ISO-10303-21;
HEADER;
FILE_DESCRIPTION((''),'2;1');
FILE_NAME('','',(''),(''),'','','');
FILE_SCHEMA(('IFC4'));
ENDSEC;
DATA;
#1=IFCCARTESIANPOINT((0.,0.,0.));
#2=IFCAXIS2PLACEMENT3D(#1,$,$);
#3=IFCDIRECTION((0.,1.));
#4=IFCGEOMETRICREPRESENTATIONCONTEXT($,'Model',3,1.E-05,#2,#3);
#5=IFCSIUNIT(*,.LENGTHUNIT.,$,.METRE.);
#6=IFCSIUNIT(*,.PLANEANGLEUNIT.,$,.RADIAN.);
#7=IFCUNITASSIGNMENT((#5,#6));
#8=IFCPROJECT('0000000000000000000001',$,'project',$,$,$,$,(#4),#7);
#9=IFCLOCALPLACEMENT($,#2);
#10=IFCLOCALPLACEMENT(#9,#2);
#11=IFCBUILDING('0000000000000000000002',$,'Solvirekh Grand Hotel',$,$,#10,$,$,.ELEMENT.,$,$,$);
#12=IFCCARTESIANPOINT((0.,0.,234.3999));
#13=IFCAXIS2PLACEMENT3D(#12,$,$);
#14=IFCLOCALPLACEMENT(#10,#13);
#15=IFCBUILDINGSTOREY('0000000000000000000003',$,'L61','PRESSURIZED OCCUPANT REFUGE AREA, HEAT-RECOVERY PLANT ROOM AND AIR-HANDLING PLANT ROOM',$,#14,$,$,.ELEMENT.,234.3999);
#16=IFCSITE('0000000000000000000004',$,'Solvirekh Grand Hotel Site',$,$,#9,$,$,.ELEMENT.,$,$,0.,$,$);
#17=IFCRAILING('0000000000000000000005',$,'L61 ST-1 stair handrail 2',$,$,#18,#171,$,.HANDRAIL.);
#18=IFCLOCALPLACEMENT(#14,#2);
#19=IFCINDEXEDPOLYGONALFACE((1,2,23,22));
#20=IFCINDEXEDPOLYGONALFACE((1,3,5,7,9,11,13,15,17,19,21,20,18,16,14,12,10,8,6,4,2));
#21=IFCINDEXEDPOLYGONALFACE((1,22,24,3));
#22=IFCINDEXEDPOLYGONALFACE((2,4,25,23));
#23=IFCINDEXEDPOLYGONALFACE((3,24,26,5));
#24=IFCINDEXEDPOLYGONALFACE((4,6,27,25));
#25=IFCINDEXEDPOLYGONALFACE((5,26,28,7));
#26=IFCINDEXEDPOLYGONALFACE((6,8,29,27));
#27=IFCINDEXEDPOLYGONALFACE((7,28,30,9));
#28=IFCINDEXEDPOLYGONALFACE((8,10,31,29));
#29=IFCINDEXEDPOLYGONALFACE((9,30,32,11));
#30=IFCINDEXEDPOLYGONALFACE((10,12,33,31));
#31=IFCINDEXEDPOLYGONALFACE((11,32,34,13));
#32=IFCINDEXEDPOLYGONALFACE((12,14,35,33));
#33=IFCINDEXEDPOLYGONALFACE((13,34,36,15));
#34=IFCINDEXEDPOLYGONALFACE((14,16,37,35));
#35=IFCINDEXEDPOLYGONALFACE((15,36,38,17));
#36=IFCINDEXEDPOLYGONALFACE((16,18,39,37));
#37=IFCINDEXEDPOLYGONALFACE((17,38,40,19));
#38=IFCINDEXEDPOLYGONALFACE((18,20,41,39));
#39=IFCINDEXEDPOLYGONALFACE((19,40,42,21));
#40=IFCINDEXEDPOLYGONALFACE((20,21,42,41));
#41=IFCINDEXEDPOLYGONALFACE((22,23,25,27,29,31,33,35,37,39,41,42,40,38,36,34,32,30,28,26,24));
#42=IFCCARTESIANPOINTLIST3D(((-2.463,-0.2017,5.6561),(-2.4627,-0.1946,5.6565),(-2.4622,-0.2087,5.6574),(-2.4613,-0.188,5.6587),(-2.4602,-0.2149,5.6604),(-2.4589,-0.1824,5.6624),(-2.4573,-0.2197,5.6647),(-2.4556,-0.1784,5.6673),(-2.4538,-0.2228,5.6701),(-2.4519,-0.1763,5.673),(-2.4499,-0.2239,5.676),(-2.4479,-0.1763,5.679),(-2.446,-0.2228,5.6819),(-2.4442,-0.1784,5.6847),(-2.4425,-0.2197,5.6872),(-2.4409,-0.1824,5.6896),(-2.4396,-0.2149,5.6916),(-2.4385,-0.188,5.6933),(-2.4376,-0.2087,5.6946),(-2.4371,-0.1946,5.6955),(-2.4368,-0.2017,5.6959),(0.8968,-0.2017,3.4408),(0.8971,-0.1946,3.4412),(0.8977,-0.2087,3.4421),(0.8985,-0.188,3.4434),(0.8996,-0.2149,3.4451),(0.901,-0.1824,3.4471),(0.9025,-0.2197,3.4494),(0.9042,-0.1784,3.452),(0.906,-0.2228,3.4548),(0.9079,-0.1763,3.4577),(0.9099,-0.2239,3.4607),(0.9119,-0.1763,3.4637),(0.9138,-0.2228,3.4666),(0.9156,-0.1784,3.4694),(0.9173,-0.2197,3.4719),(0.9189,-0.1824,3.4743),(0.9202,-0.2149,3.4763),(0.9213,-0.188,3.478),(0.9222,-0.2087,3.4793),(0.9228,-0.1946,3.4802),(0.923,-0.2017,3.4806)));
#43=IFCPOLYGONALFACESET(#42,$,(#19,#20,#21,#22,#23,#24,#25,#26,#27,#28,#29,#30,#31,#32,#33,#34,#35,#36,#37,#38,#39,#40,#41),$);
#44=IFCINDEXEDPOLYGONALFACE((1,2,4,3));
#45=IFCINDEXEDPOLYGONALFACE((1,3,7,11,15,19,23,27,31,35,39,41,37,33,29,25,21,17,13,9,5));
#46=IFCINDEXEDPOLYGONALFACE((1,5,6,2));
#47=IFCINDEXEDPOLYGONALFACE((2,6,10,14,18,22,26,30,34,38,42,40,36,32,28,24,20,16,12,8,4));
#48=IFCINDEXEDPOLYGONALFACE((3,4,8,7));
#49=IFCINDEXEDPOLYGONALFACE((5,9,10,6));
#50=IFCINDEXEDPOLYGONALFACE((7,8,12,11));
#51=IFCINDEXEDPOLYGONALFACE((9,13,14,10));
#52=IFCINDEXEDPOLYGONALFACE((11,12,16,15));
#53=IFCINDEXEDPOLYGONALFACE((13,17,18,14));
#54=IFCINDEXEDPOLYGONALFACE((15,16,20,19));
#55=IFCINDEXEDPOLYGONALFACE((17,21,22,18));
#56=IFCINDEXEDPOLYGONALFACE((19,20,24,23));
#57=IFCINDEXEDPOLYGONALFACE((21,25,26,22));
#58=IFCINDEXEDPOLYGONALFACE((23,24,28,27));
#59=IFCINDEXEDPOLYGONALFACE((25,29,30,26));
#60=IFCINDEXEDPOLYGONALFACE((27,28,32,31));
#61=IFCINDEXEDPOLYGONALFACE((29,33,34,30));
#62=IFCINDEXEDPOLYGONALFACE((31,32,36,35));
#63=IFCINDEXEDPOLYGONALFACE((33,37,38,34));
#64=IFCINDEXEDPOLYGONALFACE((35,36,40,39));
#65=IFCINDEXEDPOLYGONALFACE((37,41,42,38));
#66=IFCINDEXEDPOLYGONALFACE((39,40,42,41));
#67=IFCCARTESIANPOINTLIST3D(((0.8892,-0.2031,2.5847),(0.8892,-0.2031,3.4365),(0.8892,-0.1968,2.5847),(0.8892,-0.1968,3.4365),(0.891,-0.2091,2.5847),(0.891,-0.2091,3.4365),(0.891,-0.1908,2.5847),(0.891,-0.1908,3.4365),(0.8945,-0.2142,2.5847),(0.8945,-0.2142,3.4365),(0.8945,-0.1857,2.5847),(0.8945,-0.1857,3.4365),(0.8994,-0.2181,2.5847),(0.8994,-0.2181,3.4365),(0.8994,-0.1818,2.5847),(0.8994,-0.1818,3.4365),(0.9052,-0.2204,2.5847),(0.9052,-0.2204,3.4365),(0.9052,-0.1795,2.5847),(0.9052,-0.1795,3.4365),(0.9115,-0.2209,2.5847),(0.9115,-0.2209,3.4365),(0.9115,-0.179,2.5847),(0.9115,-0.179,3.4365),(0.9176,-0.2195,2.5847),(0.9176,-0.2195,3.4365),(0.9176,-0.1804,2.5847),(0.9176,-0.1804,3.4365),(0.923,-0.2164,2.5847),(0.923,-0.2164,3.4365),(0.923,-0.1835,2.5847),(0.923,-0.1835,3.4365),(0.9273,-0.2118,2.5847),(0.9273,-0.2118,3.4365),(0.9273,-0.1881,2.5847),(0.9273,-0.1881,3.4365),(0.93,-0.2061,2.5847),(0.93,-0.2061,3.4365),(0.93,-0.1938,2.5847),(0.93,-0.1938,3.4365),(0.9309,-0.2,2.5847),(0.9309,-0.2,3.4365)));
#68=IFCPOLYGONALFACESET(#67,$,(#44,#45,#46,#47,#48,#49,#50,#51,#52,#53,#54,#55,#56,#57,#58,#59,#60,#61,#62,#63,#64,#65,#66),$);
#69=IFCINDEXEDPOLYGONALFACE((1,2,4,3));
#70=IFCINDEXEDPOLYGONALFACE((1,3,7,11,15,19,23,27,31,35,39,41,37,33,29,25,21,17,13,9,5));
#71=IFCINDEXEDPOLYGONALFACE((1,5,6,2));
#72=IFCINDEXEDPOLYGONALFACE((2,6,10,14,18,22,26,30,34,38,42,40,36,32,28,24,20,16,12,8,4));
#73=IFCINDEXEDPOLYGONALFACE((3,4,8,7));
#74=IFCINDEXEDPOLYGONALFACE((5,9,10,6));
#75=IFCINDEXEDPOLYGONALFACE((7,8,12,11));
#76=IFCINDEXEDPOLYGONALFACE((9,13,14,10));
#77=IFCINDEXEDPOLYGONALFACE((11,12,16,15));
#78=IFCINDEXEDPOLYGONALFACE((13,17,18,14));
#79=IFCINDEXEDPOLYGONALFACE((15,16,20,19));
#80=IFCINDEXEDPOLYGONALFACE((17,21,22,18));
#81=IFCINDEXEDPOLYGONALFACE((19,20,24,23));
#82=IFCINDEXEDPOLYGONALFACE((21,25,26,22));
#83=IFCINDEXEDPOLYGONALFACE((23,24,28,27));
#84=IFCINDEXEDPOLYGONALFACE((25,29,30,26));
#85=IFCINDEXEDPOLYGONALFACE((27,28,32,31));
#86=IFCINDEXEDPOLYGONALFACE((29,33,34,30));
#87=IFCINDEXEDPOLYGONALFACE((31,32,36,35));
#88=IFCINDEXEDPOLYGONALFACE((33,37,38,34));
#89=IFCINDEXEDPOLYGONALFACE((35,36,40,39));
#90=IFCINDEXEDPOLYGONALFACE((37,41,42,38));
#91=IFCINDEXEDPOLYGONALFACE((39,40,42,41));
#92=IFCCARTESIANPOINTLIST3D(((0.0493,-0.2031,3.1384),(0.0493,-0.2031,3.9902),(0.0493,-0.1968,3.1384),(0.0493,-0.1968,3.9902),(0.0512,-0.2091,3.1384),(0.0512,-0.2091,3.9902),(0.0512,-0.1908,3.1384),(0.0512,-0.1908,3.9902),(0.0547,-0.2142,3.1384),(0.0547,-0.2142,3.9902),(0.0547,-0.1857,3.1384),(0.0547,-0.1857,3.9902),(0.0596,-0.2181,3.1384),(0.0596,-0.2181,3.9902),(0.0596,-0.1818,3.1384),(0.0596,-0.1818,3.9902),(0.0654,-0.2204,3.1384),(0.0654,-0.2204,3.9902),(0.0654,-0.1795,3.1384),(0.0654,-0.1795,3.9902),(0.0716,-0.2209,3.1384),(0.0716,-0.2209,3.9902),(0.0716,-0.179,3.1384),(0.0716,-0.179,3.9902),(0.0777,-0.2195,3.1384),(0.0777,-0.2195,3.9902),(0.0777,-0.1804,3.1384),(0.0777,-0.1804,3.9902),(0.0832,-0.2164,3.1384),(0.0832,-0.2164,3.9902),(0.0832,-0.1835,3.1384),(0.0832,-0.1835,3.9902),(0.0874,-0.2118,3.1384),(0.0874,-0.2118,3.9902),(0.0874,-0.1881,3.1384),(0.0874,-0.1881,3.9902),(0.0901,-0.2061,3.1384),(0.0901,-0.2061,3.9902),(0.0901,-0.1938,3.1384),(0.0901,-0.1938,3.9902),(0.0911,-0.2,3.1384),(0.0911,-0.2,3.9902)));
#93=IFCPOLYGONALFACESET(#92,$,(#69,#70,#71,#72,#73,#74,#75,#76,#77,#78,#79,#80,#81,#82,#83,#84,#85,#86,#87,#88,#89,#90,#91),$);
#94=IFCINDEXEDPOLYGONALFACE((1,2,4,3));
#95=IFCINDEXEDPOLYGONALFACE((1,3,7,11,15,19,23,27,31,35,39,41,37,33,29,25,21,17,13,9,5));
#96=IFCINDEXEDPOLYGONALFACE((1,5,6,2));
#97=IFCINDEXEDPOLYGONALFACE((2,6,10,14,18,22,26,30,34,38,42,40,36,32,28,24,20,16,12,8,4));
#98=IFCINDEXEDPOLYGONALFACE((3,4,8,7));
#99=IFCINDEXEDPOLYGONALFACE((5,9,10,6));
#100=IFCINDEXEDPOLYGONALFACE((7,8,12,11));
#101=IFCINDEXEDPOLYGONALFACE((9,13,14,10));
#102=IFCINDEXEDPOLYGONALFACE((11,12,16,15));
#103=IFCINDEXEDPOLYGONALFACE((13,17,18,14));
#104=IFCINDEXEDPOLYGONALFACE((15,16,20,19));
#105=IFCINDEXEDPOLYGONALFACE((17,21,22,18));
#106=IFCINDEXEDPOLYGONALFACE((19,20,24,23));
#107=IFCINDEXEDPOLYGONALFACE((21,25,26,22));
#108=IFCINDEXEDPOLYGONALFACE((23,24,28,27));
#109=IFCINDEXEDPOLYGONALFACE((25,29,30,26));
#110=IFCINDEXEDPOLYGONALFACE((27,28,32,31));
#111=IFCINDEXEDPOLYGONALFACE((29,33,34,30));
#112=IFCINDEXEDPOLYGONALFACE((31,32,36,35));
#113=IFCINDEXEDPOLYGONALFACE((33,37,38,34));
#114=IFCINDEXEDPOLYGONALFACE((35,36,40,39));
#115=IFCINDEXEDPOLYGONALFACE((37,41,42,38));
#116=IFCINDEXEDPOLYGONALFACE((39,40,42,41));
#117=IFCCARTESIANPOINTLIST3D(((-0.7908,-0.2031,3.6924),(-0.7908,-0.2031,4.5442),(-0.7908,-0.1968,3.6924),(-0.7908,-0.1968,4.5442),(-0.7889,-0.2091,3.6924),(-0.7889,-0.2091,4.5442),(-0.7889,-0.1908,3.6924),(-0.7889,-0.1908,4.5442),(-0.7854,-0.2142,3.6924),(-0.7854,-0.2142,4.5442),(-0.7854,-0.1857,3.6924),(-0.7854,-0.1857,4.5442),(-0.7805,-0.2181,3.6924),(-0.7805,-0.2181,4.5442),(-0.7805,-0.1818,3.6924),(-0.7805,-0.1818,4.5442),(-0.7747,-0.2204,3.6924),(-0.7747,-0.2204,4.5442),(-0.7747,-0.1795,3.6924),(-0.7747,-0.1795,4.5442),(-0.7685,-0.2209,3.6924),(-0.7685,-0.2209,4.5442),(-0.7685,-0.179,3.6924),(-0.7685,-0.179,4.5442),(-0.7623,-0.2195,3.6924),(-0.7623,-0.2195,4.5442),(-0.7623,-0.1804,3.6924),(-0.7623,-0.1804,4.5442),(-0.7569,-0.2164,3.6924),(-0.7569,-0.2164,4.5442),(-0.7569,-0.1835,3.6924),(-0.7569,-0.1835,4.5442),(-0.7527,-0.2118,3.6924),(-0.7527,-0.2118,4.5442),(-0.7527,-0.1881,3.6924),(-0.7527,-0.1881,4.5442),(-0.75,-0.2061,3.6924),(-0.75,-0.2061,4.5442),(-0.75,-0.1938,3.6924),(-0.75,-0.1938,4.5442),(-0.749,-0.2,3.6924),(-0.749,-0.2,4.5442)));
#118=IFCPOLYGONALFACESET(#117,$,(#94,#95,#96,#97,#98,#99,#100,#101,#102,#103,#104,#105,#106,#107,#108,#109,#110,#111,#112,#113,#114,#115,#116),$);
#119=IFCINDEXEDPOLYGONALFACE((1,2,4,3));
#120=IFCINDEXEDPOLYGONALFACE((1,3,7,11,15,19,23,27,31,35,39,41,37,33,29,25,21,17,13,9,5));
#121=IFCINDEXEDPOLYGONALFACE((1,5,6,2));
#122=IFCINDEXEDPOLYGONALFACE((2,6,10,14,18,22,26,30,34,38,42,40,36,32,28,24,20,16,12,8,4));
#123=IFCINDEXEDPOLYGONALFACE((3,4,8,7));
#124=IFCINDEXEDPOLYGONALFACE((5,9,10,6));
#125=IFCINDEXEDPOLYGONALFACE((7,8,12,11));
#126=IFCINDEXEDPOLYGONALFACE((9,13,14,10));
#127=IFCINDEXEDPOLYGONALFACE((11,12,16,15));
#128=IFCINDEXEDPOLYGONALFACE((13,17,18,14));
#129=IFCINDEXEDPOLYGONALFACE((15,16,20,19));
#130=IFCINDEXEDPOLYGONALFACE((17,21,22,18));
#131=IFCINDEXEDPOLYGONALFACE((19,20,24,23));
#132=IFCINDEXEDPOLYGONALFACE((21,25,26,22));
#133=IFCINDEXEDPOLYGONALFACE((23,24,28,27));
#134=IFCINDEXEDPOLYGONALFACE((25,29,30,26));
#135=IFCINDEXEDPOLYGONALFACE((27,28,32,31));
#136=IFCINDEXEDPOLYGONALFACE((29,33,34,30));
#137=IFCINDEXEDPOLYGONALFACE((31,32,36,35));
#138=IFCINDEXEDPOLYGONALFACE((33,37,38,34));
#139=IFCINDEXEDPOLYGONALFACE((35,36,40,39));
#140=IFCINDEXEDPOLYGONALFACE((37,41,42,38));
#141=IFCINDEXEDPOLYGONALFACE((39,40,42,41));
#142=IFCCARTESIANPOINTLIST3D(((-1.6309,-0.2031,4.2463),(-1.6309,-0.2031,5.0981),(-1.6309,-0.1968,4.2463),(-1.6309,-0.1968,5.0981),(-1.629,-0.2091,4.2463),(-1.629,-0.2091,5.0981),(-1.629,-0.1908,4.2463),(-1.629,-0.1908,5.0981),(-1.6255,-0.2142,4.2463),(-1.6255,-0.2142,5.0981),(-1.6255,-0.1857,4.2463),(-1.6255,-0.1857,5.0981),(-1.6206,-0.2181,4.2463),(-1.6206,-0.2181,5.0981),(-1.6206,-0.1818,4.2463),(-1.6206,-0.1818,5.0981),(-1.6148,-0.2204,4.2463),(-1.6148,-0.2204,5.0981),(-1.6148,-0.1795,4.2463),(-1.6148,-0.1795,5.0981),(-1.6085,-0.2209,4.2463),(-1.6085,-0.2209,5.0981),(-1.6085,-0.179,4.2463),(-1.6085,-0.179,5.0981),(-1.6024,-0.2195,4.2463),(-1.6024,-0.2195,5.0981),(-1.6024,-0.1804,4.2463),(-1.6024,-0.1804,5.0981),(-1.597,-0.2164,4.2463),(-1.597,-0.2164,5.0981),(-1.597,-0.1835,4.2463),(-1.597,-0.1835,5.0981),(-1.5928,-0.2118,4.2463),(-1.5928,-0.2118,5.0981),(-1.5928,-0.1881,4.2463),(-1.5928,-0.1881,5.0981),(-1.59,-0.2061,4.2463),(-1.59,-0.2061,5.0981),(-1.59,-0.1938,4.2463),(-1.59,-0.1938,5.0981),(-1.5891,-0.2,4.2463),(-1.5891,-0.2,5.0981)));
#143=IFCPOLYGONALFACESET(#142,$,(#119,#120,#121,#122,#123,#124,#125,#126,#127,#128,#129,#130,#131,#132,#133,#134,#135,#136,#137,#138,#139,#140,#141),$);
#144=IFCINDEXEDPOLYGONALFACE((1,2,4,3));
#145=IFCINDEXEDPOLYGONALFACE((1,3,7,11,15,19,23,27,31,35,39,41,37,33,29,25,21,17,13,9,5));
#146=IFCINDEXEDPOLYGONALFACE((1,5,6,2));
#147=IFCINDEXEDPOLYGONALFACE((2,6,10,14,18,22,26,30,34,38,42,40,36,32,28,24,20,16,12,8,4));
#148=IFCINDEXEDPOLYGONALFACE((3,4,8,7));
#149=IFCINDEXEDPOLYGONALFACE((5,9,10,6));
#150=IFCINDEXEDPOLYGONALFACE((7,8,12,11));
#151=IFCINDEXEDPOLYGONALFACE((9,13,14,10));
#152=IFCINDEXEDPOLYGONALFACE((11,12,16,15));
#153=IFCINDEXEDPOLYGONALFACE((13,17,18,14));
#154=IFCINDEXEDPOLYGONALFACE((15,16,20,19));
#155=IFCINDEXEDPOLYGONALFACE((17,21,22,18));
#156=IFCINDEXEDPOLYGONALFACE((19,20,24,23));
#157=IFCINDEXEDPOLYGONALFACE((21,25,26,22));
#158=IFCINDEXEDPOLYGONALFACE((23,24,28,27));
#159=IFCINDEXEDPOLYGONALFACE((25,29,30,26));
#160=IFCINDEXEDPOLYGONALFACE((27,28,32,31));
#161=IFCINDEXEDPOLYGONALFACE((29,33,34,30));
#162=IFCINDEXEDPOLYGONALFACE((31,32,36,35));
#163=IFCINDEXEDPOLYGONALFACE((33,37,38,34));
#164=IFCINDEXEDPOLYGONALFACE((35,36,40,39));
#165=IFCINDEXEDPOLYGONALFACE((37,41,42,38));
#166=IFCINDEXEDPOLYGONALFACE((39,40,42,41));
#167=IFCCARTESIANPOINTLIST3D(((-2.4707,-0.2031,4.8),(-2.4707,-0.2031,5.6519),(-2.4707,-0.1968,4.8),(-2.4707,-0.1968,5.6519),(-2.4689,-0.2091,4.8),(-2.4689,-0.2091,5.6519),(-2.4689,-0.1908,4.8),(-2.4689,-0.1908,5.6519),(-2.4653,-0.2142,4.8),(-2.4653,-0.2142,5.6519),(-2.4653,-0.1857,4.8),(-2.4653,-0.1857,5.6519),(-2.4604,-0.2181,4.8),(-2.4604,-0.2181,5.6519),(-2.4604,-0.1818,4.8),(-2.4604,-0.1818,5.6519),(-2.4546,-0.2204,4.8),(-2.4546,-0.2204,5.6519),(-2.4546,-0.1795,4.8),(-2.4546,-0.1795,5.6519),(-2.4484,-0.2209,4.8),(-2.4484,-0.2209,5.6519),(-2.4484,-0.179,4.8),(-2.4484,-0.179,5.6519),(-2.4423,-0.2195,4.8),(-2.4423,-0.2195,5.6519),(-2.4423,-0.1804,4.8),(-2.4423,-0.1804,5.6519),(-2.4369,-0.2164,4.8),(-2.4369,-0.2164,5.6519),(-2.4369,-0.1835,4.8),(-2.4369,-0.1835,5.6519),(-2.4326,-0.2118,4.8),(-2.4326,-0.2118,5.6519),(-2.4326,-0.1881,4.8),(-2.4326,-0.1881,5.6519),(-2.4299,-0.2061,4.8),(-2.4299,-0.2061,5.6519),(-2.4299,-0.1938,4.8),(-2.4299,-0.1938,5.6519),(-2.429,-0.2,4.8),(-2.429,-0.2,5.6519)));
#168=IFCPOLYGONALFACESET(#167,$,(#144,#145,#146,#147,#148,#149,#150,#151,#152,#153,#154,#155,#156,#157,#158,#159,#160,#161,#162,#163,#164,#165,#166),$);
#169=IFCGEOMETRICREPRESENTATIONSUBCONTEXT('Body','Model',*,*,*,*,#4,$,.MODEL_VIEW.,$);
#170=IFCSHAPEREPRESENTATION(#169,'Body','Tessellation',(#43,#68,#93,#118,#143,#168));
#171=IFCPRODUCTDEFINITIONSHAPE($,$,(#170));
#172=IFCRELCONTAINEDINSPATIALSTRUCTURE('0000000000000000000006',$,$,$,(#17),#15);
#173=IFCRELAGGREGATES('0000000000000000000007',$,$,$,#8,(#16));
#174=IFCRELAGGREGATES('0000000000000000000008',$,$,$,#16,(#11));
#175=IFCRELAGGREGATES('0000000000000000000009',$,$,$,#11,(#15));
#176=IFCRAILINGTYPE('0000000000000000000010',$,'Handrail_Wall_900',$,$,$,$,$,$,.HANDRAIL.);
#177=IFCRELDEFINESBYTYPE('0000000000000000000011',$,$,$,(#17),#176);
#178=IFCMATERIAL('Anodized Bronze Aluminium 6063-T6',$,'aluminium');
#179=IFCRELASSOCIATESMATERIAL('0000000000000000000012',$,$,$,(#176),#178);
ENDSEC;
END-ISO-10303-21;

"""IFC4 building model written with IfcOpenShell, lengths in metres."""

from ifc_helpers import new_model, si_unit, direction, frame, origin, origin_2d, place, context, subcontext, project, spatial, circle, extrude, material, type_object, element, save


model = new_model("IFC4")

# Units and contexts
model_context = context("Model", 3, precision=1e-05, world=origin(), true_north=direction((0.0, 1.0)))
body_context = subcontext(model_context, "Body", "Model", "MODEL_VIEW")
ifc_project = project(units=[si_unit("LENGTHUNIT", "METRE"), si_unit("PLANEANGLEUNIT", "RADIAN")], contexts=[model_context])

# Site, building, storey
site_placement = place(None, origin())
site = spatial("IfcSite", under=ifc_project, at=site_placement, Name="Solvirekh Grand Hotel Site", CompositionType="ELEMENT", RefElevation=0.0)
building_placement = place(site_placement, origin())
building = spatial("IfcBuilding", under=site, at=building_placement, Name="Solvirekh Grand Hotel", CompositionType="ELEMENT")
storey_placement = place(building_placement, frame((0.0, 0.0, 234.3999)))
storey = spatial("IfcBuildingStorey", under=building, at=storey_placement, Name="L61", Description="PRESSURIZED OCCUPANT REFUGE AREA, HEAT-RECOVERY PLANT ROOM AND AIR-HANDLING PLANT ROOM", CompositionType="ELEMENT", Elevation=234.3999)

# Railing
ifc_material_1 = material(Name="Anodized Bronze Aluminium 6063-T6", Category="aluminium")
railing_type_1 = type_object("IfcRailingType", Name="Handrail_Wall_900", PredefinedType="HANDRAIL", material=ifc_material_1)
railing_1_placement = place(storey_placement, frame((0.9099, -0.2, 2.5847)))
element("IfcRailing", 1, at=railing_1_placement, inside=storey, type_object=railing_type_1, Name="L61 ST-1 stair handrail 2", PredefinedType="HANDRAIL", context=body_context, shape_type="SweptSolid", body=[
    extrude(circle(Radius=0.0239, at=origin_2d()), frame((0.0, 0.0, 0.876), z_axis=(-0.834858, 0.0, 0.550465), x_axis=(0.0, -1.0, 0.0)), (0.0, 0.0, 1.0), 4.0244),
    extrude(circle(Radius=0.021, at=origin_2d()), origin(), (0.0, 0.0, 1.0), 0.8518),
    extrude(circle(Radius=0.021, at=origin_2d()), frame((-0.8398, 0.0, 0.5537)), (0.0, 0.0, 1.0), 0.8518),
    extrude(circle(Radius=0.021, at=origin_2d()), frame((-1.6799, 0.0, 1.1077)), (0.0, 0.0, 1.0), 0.8518),
    extrude(circle(Radius=0.021, at=origin_2d()), frame((-2.52, 0.0, 1.6616)), (0.0, 0.0, 1.0), 0.8518),
    extrude(circle(Radius=0.021, at=origin_2d()), frame((-3.3599, 0.0, 2.2153)), (0.0, 0.0, 1.0), 0.8518),
])

save(model, "model.ifc")
